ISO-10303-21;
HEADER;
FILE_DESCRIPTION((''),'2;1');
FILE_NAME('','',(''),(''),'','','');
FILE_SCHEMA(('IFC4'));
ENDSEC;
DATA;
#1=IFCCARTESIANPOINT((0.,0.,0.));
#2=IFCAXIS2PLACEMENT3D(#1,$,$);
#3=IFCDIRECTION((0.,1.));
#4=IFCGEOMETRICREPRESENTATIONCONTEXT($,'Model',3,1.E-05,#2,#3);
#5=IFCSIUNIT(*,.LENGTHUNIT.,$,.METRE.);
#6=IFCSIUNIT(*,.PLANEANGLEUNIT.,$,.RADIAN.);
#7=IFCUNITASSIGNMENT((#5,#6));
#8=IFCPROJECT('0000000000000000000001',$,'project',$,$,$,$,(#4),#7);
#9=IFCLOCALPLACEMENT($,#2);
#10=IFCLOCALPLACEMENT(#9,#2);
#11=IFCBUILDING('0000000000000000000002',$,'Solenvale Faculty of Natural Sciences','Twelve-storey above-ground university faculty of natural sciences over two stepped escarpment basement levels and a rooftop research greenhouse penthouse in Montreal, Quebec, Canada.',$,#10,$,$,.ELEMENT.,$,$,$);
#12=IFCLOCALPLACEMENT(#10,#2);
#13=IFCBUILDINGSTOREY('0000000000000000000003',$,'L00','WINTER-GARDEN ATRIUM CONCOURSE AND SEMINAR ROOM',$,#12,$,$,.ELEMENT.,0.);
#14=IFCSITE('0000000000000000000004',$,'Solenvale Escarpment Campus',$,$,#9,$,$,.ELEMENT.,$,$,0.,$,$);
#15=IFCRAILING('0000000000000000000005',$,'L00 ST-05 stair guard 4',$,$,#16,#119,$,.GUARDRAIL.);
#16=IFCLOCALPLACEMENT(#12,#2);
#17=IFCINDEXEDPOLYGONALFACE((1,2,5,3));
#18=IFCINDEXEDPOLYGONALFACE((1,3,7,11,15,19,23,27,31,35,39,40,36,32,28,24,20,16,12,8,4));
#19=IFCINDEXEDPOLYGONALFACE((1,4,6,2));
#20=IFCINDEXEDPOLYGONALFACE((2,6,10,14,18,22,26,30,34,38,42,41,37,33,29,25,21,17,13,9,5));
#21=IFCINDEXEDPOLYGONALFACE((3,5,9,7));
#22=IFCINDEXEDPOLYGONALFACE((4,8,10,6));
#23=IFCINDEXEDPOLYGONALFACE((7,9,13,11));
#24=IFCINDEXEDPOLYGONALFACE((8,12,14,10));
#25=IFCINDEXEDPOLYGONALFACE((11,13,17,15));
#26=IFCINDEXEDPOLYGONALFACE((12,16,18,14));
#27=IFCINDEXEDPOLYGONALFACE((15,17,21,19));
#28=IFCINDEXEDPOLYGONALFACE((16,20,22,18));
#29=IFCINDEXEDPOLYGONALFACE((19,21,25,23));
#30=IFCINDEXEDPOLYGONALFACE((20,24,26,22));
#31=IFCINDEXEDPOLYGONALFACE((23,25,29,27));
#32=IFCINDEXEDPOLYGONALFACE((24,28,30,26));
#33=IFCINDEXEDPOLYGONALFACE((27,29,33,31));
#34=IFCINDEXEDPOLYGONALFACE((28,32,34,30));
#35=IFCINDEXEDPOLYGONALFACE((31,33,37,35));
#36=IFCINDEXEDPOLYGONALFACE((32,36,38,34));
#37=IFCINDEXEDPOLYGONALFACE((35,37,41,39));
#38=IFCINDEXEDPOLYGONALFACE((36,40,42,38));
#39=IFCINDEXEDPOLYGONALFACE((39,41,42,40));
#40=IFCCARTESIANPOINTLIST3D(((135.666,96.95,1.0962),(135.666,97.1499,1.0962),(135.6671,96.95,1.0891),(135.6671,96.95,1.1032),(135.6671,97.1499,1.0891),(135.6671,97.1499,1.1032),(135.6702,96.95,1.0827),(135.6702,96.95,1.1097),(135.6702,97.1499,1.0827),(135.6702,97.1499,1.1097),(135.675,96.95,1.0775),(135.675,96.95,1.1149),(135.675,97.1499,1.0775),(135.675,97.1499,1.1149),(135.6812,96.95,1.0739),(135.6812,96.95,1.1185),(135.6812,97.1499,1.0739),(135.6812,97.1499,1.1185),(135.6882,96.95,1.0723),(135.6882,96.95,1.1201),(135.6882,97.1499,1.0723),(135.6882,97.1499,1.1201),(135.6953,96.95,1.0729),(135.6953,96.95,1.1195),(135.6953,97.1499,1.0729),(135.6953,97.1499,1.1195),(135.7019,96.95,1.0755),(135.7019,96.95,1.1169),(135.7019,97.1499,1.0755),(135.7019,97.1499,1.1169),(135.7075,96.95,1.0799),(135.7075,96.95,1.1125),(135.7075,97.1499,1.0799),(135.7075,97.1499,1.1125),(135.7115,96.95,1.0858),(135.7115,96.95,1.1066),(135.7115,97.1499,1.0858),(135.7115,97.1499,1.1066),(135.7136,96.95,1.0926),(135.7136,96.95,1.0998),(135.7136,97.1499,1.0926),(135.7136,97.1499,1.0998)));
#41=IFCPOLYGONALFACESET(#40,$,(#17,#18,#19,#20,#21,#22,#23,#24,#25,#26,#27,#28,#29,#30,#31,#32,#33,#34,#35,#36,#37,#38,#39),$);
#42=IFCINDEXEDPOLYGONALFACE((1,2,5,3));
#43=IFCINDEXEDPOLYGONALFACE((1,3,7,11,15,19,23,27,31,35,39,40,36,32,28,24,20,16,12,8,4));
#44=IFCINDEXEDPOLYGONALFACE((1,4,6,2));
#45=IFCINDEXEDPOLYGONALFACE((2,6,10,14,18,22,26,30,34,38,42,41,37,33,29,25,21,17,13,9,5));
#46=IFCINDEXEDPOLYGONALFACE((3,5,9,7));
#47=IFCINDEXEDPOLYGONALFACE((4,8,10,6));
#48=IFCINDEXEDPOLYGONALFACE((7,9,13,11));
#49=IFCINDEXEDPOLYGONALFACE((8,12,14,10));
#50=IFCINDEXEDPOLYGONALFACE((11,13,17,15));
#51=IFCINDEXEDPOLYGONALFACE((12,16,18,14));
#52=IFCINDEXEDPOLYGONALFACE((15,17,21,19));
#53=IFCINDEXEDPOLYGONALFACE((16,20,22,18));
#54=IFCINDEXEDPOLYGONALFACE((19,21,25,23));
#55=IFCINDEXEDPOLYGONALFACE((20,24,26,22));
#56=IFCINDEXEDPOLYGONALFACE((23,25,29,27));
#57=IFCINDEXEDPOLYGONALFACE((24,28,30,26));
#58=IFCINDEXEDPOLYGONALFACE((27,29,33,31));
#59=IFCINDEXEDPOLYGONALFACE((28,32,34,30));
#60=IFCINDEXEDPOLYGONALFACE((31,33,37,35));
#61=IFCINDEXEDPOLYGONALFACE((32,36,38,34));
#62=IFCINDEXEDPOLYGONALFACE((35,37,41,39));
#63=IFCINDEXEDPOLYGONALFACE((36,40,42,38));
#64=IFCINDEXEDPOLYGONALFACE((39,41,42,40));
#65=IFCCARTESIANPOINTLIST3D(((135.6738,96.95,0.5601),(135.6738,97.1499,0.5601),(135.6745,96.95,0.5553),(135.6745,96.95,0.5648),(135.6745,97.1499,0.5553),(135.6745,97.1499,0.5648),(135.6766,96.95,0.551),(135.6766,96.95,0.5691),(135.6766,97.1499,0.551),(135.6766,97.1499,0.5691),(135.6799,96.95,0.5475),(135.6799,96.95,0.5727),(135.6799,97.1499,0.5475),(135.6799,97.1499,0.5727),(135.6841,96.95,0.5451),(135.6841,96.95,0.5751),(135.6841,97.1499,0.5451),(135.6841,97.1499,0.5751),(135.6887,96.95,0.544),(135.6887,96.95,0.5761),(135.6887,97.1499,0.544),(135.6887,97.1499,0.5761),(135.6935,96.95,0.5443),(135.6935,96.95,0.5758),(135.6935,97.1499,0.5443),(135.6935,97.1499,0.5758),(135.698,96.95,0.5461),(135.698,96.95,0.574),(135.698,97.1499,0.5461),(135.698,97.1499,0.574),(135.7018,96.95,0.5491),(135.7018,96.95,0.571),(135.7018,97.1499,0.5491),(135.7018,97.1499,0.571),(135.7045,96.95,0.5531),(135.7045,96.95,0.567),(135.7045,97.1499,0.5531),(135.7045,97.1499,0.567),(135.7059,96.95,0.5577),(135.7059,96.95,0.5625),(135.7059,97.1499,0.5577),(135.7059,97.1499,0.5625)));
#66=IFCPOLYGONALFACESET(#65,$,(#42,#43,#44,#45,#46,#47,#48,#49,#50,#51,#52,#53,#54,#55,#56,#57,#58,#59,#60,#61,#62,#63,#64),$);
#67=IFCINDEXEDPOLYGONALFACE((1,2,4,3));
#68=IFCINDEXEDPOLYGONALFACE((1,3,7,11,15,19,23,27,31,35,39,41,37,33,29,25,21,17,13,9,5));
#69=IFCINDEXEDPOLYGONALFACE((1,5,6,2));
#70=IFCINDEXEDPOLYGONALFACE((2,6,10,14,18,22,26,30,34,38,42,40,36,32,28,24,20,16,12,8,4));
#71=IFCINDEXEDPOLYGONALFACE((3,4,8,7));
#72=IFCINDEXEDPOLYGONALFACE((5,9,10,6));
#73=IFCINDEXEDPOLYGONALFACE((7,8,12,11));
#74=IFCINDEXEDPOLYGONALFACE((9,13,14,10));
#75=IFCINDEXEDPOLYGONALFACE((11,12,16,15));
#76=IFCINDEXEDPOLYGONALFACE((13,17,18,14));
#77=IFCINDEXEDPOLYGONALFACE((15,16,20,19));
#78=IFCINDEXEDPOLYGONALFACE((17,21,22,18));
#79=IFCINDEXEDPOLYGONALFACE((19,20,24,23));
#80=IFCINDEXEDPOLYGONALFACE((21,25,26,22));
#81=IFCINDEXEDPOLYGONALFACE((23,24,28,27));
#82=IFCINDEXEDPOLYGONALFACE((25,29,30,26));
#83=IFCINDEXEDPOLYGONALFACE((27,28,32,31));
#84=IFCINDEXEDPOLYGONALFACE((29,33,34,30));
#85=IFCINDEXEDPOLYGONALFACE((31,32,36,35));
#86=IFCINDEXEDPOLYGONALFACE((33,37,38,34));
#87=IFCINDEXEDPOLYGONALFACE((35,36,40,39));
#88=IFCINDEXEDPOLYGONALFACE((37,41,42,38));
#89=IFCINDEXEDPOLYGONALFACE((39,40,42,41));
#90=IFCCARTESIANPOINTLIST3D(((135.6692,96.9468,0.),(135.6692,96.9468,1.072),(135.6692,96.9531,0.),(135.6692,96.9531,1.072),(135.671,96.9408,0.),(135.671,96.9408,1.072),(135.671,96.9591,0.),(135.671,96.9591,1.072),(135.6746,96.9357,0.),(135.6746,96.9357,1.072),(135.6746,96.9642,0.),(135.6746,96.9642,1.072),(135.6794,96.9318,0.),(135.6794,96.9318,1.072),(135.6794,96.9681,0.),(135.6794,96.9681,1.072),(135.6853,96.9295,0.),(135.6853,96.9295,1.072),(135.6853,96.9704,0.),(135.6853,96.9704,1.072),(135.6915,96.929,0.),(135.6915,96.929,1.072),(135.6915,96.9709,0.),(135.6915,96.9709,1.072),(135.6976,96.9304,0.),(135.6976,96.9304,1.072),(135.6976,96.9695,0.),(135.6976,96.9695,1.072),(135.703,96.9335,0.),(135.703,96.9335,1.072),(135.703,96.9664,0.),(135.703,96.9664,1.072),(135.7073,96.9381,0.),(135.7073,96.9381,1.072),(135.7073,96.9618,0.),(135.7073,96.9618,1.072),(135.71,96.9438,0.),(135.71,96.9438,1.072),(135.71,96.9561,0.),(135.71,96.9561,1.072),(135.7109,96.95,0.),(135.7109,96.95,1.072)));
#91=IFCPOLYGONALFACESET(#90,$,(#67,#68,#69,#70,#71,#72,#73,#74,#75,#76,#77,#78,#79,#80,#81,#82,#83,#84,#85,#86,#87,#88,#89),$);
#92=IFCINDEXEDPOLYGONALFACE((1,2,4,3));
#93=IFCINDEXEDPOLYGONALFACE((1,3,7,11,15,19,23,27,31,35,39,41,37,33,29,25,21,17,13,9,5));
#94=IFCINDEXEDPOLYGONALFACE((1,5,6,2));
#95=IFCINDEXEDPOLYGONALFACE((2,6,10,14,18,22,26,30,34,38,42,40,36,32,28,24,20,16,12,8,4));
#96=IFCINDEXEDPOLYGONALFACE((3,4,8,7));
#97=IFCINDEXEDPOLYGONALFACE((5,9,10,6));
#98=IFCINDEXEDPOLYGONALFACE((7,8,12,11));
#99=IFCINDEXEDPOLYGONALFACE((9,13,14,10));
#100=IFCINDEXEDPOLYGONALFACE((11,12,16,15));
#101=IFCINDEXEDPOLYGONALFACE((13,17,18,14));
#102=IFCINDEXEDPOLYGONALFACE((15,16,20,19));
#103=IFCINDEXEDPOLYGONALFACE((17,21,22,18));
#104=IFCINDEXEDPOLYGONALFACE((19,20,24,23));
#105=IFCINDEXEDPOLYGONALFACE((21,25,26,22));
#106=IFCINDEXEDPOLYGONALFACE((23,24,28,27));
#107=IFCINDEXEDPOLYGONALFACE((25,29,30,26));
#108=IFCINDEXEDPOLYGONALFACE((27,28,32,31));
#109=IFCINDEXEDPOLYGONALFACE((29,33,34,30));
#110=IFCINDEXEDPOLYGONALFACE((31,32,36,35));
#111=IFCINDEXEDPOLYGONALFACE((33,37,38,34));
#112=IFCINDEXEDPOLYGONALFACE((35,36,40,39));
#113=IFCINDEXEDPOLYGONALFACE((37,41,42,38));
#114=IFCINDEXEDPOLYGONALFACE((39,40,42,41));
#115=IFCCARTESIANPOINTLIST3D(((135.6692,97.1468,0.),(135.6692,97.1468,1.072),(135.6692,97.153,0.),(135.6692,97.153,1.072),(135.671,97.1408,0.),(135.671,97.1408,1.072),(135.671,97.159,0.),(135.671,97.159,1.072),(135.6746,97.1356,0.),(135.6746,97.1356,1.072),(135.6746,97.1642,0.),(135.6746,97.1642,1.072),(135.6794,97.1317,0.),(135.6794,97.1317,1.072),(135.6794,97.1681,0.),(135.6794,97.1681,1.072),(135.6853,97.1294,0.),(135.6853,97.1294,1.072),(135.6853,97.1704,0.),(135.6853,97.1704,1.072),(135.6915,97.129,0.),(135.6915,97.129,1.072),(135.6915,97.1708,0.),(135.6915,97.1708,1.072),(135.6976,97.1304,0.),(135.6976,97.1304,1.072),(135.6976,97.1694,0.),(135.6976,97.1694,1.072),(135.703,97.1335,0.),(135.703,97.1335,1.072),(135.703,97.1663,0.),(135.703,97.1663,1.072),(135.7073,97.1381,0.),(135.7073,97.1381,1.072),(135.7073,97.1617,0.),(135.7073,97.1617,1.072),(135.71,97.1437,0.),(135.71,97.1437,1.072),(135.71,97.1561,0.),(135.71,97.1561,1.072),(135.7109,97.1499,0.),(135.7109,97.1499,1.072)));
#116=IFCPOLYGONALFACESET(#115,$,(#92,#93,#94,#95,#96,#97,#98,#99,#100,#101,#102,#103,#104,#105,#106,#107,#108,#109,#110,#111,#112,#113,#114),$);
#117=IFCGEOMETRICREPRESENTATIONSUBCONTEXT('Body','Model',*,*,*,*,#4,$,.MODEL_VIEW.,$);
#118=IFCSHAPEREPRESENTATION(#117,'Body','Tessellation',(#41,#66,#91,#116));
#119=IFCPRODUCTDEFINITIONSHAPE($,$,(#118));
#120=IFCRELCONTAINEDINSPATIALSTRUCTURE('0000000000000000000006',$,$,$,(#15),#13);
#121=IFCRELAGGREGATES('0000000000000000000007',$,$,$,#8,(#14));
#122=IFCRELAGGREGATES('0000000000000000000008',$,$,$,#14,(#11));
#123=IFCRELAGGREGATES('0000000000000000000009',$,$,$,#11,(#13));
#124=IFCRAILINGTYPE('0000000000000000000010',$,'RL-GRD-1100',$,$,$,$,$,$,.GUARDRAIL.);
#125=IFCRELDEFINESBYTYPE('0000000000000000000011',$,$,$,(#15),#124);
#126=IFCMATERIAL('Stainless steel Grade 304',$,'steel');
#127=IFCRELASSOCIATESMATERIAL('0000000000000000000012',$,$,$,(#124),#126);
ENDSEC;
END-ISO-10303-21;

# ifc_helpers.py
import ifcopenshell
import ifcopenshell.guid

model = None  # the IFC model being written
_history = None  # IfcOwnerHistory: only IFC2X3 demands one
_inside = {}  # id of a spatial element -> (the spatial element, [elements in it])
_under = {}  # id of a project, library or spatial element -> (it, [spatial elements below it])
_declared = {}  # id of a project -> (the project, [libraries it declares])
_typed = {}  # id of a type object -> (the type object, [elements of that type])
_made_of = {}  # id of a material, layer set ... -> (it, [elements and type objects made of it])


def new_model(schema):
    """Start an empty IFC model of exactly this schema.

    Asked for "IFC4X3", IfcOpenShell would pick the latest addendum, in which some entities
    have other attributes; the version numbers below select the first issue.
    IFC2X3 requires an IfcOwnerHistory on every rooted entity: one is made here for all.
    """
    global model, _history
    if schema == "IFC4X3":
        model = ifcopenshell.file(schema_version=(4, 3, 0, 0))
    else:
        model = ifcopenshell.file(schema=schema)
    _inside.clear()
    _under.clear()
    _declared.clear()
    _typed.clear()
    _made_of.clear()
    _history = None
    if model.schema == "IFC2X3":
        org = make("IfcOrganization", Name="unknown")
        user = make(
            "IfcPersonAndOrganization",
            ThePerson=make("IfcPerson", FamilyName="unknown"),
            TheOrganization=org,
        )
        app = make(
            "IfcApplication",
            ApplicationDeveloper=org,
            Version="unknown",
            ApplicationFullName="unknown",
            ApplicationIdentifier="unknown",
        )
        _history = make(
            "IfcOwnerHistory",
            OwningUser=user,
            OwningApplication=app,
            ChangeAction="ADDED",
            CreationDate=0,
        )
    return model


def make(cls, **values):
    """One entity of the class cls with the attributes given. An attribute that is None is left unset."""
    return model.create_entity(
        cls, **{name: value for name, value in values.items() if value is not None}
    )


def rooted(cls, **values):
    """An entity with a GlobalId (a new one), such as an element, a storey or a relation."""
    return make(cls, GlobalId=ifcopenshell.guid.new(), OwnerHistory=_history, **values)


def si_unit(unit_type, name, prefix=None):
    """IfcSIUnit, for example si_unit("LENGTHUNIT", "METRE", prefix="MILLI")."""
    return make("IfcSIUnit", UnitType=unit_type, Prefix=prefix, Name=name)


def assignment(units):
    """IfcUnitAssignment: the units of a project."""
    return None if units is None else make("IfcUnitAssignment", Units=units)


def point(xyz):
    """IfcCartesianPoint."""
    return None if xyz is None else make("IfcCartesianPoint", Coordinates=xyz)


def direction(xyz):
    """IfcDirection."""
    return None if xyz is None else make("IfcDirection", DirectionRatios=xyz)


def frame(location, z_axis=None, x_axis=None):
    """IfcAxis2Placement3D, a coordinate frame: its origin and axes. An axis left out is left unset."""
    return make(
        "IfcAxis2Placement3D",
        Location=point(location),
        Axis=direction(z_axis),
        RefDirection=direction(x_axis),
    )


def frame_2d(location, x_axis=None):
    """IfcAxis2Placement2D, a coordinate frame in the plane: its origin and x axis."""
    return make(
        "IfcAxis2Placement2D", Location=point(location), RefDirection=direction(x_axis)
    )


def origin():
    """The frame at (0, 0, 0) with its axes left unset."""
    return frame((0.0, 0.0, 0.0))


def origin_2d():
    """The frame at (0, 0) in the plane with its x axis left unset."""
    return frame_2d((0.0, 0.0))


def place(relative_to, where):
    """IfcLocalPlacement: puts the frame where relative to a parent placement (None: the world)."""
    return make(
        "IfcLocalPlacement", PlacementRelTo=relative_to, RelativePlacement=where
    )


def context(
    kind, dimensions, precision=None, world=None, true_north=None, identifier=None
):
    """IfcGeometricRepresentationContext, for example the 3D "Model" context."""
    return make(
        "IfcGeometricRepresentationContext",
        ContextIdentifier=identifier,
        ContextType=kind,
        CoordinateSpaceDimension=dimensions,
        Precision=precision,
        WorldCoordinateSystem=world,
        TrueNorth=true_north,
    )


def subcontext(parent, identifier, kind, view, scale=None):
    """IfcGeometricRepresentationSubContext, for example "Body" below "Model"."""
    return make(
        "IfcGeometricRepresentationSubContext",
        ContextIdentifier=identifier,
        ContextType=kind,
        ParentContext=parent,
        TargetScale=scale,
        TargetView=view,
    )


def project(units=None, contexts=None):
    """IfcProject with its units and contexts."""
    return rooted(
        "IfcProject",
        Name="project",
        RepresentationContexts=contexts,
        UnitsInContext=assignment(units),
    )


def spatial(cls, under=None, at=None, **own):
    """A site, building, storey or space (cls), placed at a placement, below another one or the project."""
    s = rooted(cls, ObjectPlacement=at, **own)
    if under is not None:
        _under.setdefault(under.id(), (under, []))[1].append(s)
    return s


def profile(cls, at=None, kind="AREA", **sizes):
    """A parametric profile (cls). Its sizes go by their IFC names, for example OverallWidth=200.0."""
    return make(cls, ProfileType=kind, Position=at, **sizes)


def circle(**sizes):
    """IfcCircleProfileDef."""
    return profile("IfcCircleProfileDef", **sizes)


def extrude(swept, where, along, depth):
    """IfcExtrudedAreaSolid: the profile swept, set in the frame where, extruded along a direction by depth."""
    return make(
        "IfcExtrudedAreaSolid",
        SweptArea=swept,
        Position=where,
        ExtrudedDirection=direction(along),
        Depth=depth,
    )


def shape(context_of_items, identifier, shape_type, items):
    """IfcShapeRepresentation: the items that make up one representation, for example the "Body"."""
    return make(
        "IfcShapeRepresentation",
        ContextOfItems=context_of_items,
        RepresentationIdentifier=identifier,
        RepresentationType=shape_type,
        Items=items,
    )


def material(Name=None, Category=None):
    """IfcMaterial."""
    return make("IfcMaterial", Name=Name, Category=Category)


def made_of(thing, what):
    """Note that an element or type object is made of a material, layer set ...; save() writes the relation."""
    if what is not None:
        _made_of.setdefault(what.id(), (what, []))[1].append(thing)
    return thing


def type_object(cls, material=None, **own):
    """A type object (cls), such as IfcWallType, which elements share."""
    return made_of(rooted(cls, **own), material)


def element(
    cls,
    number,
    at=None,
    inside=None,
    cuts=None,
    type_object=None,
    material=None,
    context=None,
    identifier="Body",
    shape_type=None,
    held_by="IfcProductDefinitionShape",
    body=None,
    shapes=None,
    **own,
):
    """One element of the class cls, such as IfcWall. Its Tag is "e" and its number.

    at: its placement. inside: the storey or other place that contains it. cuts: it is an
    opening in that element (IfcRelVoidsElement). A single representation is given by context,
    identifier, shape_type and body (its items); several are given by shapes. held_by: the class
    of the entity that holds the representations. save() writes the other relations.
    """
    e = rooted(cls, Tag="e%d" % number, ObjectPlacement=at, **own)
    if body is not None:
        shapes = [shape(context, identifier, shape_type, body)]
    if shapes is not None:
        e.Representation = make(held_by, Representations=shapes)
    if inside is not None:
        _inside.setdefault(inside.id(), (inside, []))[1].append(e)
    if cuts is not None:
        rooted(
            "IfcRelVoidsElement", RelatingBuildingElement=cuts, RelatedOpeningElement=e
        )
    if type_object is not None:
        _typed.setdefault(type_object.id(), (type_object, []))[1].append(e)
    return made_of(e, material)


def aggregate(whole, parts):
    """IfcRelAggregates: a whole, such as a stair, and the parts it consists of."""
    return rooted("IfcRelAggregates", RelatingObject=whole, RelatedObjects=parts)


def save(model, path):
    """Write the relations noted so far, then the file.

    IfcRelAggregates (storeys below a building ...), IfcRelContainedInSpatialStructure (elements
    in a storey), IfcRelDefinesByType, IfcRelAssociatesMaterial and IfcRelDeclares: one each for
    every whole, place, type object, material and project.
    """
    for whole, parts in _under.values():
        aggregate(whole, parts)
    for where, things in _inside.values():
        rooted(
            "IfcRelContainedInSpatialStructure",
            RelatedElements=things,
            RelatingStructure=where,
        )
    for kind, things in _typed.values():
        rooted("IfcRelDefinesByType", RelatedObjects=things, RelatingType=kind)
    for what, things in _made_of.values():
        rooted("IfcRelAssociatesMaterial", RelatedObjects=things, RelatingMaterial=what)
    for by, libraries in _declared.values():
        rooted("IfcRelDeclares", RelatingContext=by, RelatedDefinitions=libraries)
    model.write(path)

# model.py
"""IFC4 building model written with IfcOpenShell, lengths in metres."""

from ifc_helpers import new_model, si_unit, direction, frame, origin, origin_2d, place, context, subcontext, project, spatial, circle, extrude, material, type_object, element, save


model = new_model("IFC4")

# Units and contexts
model_context = context("Model", 3, precision=1e-05, world=origin(), true_north=direction((0.0, 1.0)))
body_context = subcontext(model_context, "Body", "Model", "MODEL_VIEW")
ifc_project = project(units=[si_unit("LENGTHUNIT", "METRE"), si_unit("PLANEANGLEUNIT", "RADIAN")], contexts=[model_context])

# Site, building, storey
site_placement = place(None, origin())
site = spatial("IfcSite", under=ifc_project, at=site_placement, Name="Solenvale Escarpment Campus", CompositionType="ELEMENT", RefElevation=0.0)
building_placement = place(site_placement, origin())
building = spatial("IfcBuilding", under=site, at=building_placement, Name="Solenvale Faculty of Natural Sciences", Description="Twelve-storey above-ground university faculty of natural sciences over two stepped escarpment basement levels and a rooftop research greenhouse penthouse in Montreal, Quebec, Canada.", CompositionType="ELEMENT")
storey_placement = place(building_placement, origin())
storey = spatial("IfcBuildingStorey", under=building, at=storey_placement, Name="L00", Description="WINTER-GARDEN ATRIUM CONCOURSE AND SEMINAR ROOM", CompositionType="ELEMENT", Elevation=0.0)

# Shared definitions
ifc_material_1 = material(Name="Stainless steel Grade 304", Category="steel")

# Railing
railing_type_1 = type_object("IfcRailingType", Name="RL-GRD-1100", PredefinedType="GUARDRAIL", material=ifc_material_1)
railing_1_placement = place(storey_placement, frame((135.6899, 96.95, 0.0)))
element("IfcRailing", 1, at=railing_1_placement, inside=storey, type_object=railing_type_1, Name="L00 ST-05 stair guard 4", PredefinedType="GUARDRAIL", context=body_context, shape_type="SweptSolid", body=[
    extrude(circle(Radius=0.0239, at=origin_2d()), frame((0.0, 0.0, 1.0962), z_axis=(0.0, 1.0, 0.0), x_axis=(-1.0, 0.0, 0.0)), (0.0, 0.0, 1.0), 0.2),
    extrude(circle(Radius=0.0161, at=origin_2d()), frame((0.0, 0.0, 0.5601), z_axis=(0.0, 1.0, 0.0), x_axis=(-1.0, 0.0, 0.0)), (0.0, 0.0, 1.0), 0.2),
    extrude(circle(Radius=0.021, at=origin_2d()), origin(), (0.0, 0.0, 1.0), 1.072),
    extrude(circle(Radius=0.021, at=origin_2d()), frame((0.0, 0.2, 0.0)), (0.0, 0.0, 1.0), 1.072),
])

save(model, "model.ifc")
